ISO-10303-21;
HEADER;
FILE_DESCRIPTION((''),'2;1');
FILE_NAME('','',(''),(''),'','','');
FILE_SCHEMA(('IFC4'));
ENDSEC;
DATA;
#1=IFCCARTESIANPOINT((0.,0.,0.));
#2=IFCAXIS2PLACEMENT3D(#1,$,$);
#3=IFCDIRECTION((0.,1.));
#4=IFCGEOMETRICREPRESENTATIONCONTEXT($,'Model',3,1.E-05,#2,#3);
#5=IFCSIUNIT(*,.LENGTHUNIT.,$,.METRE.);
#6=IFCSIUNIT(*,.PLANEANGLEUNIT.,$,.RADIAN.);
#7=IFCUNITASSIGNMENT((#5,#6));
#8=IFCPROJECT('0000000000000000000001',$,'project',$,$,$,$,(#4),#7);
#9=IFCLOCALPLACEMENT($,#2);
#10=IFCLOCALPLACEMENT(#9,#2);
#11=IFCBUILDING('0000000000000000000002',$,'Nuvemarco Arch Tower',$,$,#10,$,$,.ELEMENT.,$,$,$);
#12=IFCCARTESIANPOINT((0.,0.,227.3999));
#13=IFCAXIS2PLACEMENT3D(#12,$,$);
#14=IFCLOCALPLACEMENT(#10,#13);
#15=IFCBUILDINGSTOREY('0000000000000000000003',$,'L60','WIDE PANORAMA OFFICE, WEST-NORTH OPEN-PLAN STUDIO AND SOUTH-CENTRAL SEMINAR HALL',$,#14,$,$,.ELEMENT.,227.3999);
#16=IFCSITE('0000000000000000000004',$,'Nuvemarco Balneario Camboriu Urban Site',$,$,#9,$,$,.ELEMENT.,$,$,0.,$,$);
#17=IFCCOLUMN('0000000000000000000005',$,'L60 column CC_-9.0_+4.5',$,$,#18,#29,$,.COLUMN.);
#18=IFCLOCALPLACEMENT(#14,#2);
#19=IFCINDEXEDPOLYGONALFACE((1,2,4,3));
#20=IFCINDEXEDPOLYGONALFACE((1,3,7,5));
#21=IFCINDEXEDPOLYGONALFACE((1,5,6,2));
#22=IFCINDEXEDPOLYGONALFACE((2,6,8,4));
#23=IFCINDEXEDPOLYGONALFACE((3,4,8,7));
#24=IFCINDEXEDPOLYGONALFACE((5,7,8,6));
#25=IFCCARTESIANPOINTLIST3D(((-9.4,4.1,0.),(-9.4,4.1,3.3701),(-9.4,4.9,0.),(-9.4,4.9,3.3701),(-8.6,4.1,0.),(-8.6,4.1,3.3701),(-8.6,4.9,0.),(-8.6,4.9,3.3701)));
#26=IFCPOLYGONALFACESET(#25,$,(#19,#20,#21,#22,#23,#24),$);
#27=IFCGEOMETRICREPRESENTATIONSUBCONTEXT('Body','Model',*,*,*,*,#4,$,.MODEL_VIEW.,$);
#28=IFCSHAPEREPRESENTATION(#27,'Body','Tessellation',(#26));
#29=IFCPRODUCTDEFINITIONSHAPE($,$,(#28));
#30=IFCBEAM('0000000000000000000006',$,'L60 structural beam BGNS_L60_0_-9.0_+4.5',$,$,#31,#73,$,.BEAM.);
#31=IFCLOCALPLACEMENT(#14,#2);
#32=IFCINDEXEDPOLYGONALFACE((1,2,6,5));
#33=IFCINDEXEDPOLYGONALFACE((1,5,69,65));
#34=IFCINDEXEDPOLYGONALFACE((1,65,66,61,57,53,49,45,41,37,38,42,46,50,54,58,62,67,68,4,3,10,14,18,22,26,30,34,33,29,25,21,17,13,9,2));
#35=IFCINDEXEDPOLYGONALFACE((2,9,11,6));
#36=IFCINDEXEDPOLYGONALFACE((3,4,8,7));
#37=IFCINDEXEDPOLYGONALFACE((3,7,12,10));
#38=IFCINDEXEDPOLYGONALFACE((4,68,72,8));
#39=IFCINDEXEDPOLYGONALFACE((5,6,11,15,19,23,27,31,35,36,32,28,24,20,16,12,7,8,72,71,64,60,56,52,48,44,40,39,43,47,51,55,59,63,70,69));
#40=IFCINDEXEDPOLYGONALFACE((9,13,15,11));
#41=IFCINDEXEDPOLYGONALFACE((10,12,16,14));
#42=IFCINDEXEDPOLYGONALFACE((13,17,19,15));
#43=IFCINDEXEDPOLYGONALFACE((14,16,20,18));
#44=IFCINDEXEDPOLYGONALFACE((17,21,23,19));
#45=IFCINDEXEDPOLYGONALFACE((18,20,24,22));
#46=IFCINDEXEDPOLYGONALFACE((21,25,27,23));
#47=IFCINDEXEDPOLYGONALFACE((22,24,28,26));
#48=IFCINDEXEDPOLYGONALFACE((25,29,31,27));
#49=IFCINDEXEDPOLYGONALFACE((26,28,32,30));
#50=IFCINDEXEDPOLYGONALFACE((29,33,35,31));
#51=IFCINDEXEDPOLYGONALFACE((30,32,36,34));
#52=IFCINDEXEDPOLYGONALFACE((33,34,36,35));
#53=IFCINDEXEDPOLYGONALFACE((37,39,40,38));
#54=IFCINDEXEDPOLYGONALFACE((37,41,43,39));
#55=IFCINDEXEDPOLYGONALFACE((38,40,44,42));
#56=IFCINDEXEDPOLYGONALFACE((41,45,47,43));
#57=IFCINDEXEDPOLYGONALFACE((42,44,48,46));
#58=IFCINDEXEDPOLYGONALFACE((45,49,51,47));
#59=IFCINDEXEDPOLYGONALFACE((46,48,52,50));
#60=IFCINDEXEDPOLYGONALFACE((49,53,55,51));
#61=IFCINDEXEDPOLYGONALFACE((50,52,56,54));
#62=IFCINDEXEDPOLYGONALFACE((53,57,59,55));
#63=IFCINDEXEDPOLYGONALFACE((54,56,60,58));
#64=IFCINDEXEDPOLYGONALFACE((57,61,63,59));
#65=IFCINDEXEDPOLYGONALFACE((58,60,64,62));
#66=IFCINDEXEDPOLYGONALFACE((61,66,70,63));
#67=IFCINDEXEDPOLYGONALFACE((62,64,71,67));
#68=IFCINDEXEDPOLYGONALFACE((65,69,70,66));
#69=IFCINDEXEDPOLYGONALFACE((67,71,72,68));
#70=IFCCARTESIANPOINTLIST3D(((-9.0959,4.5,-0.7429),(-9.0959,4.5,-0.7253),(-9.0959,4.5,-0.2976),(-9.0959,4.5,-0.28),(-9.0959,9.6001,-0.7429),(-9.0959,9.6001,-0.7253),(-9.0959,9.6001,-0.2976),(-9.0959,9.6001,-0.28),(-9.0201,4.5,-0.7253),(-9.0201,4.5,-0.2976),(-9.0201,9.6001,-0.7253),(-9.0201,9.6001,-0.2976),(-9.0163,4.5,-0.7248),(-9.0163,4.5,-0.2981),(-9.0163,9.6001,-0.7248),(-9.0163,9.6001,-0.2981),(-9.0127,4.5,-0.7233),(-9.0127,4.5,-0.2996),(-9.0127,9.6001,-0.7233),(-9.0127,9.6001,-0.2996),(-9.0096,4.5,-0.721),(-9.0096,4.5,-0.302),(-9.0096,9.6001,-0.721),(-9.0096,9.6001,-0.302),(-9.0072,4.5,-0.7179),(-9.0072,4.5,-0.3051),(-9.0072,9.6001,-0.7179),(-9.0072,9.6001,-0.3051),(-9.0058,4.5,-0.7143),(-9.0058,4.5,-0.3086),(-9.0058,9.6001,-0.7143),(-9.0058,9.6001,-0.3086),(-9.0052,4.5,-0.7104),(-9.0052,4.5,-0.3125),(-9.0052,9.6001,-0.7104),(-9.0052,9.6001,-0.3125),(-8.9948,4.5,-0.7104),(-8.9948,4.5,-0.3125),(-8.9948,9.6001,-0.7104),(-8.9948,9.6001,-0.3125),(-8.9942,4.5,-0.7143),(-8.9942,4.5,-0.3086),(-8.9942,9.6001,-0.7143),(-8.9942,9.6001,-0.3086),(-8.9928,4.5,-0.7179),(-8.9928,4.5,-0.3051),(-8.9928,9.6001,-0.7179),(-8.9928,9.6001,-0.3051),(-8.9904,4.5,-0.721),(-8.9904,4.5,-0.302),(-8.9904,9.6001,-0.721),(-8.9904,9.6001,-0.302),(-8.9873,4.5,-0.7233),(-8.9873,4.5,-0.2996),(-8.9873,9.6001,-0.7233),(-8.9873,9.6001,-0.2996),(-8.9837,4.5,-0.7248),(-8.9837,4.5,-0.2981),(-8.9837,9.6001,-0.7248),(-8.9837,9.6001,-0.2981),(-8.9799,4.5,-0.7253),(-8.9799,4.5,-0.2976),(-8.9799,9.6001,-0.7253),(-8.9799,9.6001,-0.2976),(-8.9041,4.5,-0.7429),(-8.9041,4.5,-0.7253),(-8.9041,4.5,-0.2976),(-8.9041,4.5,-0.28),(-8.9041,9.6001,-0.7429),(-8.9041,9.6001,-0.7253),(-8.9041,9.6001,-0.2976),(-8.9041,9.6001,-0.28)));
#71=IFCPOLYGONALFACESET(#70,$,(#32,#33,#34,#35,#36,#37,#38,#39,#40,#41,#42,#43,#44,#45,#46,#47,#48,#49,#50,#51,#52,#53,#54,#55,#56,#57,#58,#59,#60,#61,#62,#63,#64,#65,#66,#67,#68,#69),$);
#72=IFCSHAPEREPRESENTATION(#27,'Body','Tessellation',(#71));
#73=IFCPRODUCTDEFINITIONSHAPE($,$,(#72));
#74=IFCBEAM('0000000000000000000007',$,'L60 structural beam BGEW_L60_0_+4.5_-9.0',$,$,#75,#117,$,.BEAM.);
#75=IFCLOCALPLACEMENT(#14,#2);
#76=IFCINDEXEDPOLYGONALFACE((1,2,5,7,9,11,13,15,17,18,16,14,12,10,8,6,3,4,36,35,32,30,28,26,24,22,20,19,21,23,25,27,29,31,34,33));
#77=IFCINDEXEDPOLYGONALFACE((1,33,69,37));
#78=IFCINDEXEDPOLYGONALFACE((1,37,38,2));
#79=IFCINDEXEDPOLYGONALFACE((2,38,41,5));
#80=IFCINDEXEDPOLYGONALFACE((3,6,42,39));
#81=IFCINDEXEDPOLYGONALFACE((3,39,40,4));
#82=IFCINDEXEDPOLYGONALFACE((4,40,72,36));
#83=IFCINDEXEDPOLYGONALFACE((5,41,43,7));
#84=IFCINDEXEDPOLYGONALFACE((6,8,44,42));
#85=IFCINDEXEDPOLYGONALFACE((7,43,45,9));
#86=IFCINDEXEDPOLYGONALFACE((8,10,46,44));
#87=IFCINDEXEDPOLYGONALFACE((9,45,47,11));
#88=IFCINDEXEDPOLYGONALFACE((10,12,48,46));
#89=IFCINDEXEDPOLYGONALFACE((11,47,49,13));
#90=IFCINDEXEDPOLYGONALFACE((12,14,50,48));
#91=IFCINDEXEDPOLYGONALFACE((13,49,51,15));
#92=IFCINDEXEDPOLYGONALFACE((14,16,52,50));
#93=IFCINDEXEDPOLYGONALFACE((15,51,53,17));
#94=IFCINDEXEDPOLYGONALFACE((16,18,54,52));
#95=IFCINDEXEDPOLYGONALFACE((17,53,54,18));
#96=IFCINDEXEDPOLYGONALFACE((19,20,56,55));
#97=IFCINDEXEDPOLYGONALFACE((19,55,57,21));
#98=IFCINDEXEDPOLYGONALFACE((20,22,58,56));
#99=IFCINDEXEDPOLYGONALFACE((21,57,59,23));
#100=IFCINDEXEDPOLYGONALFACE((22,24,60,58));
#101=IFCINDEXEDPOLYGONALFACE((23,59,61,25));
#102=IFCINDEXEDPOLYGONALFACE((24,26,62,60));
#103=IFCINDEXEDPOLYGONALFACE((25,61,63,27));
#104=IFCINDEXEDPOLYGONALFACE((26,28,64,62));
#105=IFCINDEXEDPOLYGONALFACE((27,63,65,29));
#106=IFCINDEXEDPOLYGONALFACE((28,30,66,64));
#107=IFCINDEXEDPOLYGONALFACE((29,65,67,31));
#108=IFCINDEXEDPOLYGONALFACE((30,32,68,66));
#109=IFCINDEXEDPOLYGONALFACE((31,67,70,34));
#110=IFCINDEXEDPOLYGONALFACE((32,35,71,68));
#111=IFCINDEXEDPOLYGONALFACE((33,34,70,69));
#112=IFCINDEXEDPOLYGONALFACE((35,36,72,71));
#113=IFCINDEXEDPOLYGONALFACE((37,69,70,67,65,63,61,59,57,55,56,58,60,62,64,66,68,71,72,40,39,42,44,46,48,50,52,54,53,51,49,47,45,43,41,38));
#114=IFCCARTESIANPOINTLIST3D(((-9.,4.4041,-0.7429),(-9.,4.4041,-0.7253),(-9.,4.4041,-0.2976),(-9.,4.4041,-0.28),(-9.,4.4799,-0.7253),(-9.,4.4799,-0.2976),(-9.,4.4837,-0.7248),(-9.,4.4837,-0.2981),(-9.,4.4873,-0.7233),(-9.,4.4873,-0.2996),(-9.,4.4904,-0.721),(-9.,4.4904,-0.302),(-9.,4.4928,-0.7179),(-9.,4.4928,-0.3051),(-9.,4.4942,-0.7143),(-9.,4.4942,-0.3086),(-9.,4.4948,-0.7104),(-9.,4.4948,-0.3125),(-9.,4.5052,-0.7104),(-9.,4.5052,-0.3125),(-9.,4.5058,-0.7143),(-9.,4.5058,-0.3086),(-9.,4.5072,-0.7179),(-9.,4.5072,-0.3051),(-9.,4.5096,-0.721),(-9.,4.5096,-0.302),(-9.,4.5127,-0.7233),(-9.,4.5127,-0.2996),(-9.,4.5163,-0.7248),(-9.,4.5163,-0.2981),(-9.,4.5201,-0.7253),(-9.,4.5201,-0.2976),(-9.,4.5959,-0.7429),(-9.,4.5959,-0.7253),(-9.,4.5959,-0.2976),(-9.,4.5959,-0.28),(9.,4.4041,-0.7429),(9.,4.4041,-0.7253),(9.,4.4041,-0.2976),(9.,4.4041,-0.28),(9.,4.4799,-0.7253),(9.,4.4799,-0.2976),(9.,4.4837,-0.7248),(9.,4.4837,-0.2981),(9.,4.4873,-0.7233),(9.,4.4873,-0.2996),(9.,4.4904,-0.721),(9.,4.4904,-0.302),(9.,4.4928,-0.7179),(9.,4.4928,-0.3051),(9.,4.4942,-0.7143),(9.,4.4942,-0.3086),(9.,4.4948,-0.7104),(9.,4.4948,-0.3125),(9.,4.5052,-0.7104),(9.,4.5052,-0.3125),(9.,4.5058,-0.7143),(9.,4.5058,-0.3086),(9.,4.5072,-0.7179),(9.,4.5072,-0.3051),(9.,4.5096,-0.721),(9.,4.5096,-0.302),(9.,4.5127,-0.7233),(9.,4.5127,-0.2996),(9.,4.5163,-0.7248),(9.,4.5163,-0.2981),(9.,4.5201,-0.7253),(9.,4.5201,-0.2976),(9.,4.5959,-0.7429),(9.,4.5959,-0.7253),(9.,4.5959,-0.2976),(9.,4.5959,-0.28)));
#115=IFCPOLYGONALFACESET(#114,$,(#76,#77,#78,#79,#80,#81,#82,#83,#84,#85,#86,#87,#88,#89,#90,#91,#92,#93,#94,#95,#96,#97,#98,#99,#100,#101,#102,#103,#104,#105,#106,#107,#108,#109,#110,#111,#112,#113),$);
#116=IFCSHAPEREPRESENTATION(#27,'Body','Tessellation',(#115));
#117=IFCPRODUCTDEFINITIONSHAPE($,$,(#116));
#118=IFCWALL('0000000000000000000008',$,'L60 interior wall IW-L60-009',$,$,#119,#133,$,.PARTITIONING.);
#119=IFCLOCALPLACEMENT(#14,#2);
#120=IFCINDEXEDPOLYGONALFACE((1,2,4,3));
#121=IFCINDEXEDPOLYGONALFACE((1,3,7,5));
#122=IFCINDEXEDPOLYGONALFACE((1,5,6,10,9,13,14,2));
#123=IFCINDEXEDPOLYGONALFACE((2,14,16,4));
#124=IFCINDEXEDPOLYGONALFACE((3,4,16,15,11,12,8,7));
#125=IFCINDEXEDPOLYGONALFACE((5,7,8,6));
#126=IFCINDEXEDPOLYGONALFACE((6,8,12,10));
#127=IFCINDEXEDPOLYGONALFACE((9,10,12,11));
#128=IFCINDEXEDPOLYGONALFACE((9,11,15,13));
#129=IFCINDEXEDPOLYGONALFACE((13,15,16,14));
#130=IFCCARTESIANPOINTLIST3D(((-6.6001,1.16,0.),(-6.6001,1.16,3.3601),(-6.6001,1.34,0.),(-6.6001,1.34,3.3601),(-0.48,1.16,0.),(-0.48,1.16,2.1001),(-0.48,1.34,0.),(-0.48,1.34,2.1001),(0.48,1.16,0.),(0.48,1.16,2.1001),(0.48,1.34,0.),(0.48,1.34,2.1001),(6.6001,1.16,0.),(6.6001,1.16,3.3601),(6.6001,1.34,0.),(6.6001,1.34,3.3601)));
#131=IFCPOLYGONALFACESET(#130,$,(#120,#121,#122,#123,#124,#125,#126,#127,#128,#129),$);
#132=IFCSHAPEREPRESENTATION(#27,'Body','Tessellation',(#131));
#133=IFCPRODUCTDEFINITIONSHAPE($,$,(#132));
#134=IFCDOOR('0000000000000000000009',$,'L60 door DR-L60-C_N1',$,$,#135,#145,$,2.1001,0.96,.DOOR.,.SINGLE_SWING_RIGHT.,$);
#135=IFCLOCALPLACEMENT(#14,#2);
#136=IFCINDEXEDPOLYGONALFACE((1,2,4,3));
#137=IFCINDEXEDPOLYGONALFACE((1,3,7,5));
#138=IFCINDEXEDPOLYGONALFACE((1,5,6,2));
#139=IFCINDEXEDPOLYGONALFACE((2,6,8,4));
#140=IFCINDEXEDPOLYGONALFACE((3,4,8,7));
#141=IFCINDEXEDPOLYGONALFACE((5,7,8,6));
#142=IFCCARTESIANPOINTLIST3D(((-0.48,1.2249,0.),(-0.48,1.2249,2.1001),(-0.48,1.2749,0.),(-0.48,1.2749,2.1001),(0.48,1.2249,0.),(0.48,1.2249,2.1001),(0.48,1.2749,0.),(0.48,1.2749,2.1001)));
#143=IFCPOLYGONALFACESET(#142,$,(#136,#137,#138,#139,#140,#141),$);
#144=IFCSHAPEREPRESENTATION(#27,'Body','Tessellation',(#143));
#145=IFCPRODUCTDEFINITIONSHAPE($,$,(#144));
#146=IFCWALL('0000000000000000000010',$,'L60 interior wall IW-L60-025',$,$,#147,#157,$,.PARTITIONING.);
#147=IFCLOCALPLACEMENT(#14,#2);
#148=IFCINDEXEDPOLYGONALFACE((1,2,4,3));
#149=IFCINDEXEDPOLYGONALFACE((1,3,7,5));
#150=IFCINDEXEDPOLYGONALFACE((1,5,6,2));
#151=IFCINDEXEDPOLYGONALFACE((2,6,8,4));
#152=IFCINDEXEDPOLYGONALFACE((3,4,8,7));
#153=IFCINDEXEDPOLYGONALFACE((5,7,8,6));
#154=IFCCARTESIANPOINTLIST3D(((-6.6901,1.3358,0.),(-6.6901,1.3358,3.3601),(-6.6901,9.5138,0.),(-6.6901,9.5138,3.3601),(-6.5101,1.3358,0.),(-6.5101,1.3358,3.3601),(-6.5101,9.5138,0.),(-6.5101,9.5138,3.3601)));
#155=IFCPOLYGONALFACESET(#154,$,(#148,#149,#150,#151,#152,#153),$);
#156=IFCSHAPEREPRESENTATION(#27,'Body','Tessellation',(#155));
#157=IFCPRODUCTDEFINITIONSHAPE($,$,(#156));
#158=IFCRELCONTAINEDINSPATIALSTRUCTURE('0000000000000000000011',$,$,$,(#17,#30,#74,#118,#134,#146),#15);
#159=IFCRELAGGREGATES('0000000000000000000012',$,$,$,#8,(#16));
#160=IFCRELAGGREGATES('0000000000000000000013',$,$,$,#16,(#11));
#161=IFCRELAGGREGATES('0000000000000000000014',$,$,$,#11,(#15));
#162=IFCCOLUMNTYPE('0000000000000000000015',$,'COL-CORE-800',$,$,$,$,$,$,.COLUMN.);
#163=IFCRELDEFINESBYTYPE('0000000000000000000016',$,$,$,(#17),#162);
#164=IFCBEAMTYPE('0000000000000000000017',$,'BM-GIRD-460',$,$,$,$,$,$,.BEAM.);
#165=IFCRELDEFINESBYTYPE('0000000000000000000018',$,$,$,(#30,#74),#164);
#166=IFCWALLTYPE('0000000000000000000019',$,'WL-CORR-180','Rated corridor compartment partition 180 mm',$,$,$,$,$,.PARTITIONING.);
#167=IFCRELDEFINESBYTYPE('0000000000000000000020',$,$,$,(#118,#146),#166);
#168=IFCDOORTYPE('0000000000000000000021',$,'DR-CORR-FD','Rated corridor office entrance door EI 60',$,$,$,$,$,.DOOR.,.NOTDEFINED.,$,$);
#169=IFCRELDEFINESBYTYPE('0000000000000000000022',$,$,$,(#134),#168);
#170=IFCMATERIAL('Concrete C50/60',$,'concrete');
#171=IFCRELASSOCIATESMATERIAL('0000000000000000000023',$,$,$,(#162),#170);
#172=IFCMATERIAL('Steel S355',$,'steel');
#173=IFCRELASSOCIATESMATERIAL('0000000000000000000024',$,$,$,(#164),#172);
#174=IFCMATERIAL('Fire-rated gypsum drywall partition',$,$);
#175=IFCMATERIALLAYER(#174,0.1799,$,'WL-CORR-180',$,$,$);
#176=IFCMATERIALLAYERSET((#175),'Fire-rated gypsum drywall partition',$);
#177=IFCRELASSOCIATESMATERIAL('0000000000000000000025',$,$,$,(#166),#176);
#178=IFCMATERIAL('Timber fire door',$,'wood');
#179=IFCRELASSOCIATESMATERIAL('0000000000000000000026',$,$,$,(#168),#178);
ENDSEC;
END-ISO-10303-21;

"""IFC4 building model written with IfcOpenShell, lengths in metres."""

from ifc_helpers import new_model, si_unit, direction, frame, frame_2d, origin, origin_2d, place, context, subcontext, project, spatial, rectangle, i_section, extrude, source, transform, mapped, material, layer, layer_set, material_profile, profile_set, type_object, type_shapes, element, fill, save


model = new_model("IFC4")

# Units and contexts
model_context = context("Model", 3, precision=1e-05, world=origin(), true_north=direction((0.0, 1.0)))
body_context = subcontext(model_context, "Body", "Model", "MODEL_VIEW")
ifc_project = project(units=[si_unit("LENGTHUNIT", "METRE"), si_unit("PLANEANGLEUNIT", "RADIAN")], contexts=[model_context])

# Site, building, storey
site_placement = place(None, origin())
site = spatial("IfcSite", under=ifc_project, at=site_placement, Name="Nuvemarco Balneario Camboriu Urban Site", CompositionType="ELEMENT", RefElevation=0.0)
building_placement = place(site_placement, origin())
building = spatial("IfcBuilding", under=site, at=building_placement, Name="Nuvemarco Arch Tower", CompositionType="ELEMENT")
storey_placement = place(building_placement, frame((0.0, 0.0, 227.3999)))
storey = spatial("IfcBuildingStorey", under=building, at=storey_placement, Name="L60", Description="WIDE PANORAMA OFFICE, WEST-NORTH OPEN-PLAN STUDIO AND SOUTH-CENTRAL SEMINAR HALL", CompositionType="ELEMENT", Elevation=227.3999)

# Column
ifc_material_1 = material(Name="Concrete C50/60", Category="concrete")
ifc_material_profile_1 = material_profile(ifc_material_1, rectangle(XDim=0.8, YDim=0.8, at=origin_2d()), Name="RC-COL-800x800")
ifc_profile_set_1 = profile_set([ifc_material_profile_1], Name="Concrete C50/60")
column_type = type_object("IfcColumnType", Name="COL-CORE-800", PredefinedType="COLUMN", material=ifc_profile_set_1)
column_placement = place(storey_placement, frame((-9.0, 4.5, 0.0), z_axis=(0.0, 0.0, 1.0), x_axis=(1.0, 0.0, 0.0)))
element("IfcColumn", 1, at=column_placement, inside=storey, type_object=column_type, Name="L60 column CC_-9.0_+4.5", PredefinedType="COLUMN", context=body_context, shape_type="SweptSolid", body=[
    extrude(rectangle(XDim=0.8, YDim=0.8, at=origin_2d()), origin(), (0.0, 0.0, 1.0), 3.3701),
])

# Beams
ifc_material_2 = material(Name="Steel S355", Category="steel")
ifc_material_profile_2 = material_profile(ifc_material_2, i_section(OverallWidth=0.1919, OverallDepth=0.4629, WebThickness=0.0105, FlangeThickness=0.0176, FilletRadius=0.0149, at=origin_2d()), Name="W460x89")
ifc_profile_set_2 = profile_set([ifc_material_profile_2], Name="Steel S355")
beam_type = type_object("IfcBeamType", Name="BM-GIRD-460", PredefinedType="BEAM", material=ifc_profile_set_2)
beam_1_placement = place(storey_placement, frame((-9.0, 4.5, -0.5115), z_axis=(0.0, 1.0, 0.0), x_axis=(-1.0, 0.0, 0.0)))
element("IfcBeam", 2, at=beam_1_placement, inside=storey, type_object=beam_type, Name="L60 structural beam BGNS_L60_0_-9.0_+4.5", PredefinedType="BEAM", context=body_context, shape_type="SweptSolid", body=[
    extrude(i_section(OverallWidth=0.1919, OverallDepth=0.4629, WebThickness=0.0105, FlangeThickness=0.0176, FilletRadius=0.0149, at=origin_2d()), origin(), (0.0, 0.0, 1.0), 5.1001),
])
beam_2_placement = place(storey_placement, frame((-9.0, 4.5, -0.5115), z_axis=(1.0, 0.0, 0.0), x_axis=(0.0, 1.0, 0.0)))
element("IfcBeam", 3, at=beam_2_placement, inside=storey, type_object=beam_type, Name="L60 structural beam BGEW_L60_0_+4.5_-9.0", PredefinedType="BEAM", context=body_context, shape_type="SweptSolid", body=[
    extrude(i_section(OverallWidth=0.1919, OverallDepth=0.4629, WebThickness=0.0105, FlangeThickness=0.0176, FilletRadius=0.0149, at=origin_2d()), origin(), (0.0, 0.0, 1.0), 18.0),
])

# Wall, opening, door
ifc_material_3 = material(Name="Fire-rated gypsum drywall partition")
ifc_layer_1 = layer(ifc_material_3, 0.1799, Name="WL-CORR-180")
ifc_layer_set_1 = layer_set([ifc_layer_1], Name="Fire-rated gypsum drywall partition")
wall_type_1 = type_object("IfcWallType", Name="WL-CORR-180", Description="Rated corridor compartment partition 180 mm", PredefinedType="PARTITIONING", material=ifc_layer_set_1)
wall_1_placement = place(storey_placement, frame((-6.6001, 1.25, 0.0), z_axis=(0.0, 0.0, 1.0), x_axis=(1.0, 0.0, 0.0)))
wall_1 = element("IfcWall", 4, at=wall_1_placement, inside=storey, type_object=wall_type_1, Name="L60 interior wall IW-L60-009", PredefinedType="PARTITIONING", context=body_context, shape_type="SweptSolid", body=[
    extrude(rectangle(XDim=13.2002, YDim=0.1799, at=frame_2d((6.6001, 0.0))), origin(), (0.0, 0.0, 1.0), 3.3601),
])
opening_1_placement = place(wall_1_placement, frame((6.1201, 0.0, 0.0)))
opening_1 = element("IfcOpeningElement", 5, at=opening_1_placement, cuts=wall_1, PredefinedType="OPENING", context=body_context, shape_type="SweptSolid", body=[
    extrude(rectangle(XDim=0.96, YDim=2.1001, at=frame_2d((0.48, 1.05))), frame((0.0, 0.0999, 0.0), z_axis=(0.0, -1.0, 0.0), x_axis=(1.0, 0.0, 0.0)), (0.0, 0.0, 1.0), 0.2),
])
ifc_material_4 = material(Name="Timber fire door", Category="wood")
door_type_1 = type_object("IfcDoorType", Name="DR-CORR-FD", Description="Rated corridor office entrance door EI 60", OperationType="NOTDEFINED", PredefinedType="DOOR", material=ifc_material_4)
shared_shape_1 = source(origin(), body_context, "Body", "SweptSolid", [
    extrude(rectangle(XDim=0.96, YDim=2.1001, at=frame_2d((0.48, 1.05))), frame((0.0, 0.0249, 0.0), z_axis=(0.0, -1.0, 0.0), x_axis=(1.0, 0.0, 0.0)), (0.0, 0.0, 1.0), 0.05),
])
type_shapes(door_type_1, [shared_shape_1])
door_1_placement = place(opening_1_placement, origin())
door_1 = element("IfcDoor", 6, at=door_1_placement, inside=storey, type_object=door_type_1, Name="L60 door DR-L60-C_N1", OperationType="SINGLE_SWING_RIGHT", OverallHeight=2.1001, OverallWidth=0.96, PredefinedType="DOOR", context=body_context, shape_type="MappedRepresentation", body=[
    mapped(shared_shape_1, transform((0.0, 0.0, 0.0), scale=1.0)),
])
fill(opening_1, door_1)

# Wall
wall_2_placement = place(storey_placement, frame((-6.6001, 1.3359, 0.0), z_axis=(0.0, 0.0, 1.0), x_axis=(0.0, 1.0, 0.0)))
element("IfcWall", 7, at=wall_2_placement, inside=storey, type_object=wall_type_1, Name="L60 interior wall IW-L60-025", PredefinedType="PARTITIONING", context=body_context, shape_type="SweptSolid", body=[
    extrude(rectangle(XDim=8.178, YDim=0.1799, at=frame_2d((4.0889, 0.0))), origin(), (0.0, 0.0, 1.0), 3.3601),
])

save(model, "model.ifc")
